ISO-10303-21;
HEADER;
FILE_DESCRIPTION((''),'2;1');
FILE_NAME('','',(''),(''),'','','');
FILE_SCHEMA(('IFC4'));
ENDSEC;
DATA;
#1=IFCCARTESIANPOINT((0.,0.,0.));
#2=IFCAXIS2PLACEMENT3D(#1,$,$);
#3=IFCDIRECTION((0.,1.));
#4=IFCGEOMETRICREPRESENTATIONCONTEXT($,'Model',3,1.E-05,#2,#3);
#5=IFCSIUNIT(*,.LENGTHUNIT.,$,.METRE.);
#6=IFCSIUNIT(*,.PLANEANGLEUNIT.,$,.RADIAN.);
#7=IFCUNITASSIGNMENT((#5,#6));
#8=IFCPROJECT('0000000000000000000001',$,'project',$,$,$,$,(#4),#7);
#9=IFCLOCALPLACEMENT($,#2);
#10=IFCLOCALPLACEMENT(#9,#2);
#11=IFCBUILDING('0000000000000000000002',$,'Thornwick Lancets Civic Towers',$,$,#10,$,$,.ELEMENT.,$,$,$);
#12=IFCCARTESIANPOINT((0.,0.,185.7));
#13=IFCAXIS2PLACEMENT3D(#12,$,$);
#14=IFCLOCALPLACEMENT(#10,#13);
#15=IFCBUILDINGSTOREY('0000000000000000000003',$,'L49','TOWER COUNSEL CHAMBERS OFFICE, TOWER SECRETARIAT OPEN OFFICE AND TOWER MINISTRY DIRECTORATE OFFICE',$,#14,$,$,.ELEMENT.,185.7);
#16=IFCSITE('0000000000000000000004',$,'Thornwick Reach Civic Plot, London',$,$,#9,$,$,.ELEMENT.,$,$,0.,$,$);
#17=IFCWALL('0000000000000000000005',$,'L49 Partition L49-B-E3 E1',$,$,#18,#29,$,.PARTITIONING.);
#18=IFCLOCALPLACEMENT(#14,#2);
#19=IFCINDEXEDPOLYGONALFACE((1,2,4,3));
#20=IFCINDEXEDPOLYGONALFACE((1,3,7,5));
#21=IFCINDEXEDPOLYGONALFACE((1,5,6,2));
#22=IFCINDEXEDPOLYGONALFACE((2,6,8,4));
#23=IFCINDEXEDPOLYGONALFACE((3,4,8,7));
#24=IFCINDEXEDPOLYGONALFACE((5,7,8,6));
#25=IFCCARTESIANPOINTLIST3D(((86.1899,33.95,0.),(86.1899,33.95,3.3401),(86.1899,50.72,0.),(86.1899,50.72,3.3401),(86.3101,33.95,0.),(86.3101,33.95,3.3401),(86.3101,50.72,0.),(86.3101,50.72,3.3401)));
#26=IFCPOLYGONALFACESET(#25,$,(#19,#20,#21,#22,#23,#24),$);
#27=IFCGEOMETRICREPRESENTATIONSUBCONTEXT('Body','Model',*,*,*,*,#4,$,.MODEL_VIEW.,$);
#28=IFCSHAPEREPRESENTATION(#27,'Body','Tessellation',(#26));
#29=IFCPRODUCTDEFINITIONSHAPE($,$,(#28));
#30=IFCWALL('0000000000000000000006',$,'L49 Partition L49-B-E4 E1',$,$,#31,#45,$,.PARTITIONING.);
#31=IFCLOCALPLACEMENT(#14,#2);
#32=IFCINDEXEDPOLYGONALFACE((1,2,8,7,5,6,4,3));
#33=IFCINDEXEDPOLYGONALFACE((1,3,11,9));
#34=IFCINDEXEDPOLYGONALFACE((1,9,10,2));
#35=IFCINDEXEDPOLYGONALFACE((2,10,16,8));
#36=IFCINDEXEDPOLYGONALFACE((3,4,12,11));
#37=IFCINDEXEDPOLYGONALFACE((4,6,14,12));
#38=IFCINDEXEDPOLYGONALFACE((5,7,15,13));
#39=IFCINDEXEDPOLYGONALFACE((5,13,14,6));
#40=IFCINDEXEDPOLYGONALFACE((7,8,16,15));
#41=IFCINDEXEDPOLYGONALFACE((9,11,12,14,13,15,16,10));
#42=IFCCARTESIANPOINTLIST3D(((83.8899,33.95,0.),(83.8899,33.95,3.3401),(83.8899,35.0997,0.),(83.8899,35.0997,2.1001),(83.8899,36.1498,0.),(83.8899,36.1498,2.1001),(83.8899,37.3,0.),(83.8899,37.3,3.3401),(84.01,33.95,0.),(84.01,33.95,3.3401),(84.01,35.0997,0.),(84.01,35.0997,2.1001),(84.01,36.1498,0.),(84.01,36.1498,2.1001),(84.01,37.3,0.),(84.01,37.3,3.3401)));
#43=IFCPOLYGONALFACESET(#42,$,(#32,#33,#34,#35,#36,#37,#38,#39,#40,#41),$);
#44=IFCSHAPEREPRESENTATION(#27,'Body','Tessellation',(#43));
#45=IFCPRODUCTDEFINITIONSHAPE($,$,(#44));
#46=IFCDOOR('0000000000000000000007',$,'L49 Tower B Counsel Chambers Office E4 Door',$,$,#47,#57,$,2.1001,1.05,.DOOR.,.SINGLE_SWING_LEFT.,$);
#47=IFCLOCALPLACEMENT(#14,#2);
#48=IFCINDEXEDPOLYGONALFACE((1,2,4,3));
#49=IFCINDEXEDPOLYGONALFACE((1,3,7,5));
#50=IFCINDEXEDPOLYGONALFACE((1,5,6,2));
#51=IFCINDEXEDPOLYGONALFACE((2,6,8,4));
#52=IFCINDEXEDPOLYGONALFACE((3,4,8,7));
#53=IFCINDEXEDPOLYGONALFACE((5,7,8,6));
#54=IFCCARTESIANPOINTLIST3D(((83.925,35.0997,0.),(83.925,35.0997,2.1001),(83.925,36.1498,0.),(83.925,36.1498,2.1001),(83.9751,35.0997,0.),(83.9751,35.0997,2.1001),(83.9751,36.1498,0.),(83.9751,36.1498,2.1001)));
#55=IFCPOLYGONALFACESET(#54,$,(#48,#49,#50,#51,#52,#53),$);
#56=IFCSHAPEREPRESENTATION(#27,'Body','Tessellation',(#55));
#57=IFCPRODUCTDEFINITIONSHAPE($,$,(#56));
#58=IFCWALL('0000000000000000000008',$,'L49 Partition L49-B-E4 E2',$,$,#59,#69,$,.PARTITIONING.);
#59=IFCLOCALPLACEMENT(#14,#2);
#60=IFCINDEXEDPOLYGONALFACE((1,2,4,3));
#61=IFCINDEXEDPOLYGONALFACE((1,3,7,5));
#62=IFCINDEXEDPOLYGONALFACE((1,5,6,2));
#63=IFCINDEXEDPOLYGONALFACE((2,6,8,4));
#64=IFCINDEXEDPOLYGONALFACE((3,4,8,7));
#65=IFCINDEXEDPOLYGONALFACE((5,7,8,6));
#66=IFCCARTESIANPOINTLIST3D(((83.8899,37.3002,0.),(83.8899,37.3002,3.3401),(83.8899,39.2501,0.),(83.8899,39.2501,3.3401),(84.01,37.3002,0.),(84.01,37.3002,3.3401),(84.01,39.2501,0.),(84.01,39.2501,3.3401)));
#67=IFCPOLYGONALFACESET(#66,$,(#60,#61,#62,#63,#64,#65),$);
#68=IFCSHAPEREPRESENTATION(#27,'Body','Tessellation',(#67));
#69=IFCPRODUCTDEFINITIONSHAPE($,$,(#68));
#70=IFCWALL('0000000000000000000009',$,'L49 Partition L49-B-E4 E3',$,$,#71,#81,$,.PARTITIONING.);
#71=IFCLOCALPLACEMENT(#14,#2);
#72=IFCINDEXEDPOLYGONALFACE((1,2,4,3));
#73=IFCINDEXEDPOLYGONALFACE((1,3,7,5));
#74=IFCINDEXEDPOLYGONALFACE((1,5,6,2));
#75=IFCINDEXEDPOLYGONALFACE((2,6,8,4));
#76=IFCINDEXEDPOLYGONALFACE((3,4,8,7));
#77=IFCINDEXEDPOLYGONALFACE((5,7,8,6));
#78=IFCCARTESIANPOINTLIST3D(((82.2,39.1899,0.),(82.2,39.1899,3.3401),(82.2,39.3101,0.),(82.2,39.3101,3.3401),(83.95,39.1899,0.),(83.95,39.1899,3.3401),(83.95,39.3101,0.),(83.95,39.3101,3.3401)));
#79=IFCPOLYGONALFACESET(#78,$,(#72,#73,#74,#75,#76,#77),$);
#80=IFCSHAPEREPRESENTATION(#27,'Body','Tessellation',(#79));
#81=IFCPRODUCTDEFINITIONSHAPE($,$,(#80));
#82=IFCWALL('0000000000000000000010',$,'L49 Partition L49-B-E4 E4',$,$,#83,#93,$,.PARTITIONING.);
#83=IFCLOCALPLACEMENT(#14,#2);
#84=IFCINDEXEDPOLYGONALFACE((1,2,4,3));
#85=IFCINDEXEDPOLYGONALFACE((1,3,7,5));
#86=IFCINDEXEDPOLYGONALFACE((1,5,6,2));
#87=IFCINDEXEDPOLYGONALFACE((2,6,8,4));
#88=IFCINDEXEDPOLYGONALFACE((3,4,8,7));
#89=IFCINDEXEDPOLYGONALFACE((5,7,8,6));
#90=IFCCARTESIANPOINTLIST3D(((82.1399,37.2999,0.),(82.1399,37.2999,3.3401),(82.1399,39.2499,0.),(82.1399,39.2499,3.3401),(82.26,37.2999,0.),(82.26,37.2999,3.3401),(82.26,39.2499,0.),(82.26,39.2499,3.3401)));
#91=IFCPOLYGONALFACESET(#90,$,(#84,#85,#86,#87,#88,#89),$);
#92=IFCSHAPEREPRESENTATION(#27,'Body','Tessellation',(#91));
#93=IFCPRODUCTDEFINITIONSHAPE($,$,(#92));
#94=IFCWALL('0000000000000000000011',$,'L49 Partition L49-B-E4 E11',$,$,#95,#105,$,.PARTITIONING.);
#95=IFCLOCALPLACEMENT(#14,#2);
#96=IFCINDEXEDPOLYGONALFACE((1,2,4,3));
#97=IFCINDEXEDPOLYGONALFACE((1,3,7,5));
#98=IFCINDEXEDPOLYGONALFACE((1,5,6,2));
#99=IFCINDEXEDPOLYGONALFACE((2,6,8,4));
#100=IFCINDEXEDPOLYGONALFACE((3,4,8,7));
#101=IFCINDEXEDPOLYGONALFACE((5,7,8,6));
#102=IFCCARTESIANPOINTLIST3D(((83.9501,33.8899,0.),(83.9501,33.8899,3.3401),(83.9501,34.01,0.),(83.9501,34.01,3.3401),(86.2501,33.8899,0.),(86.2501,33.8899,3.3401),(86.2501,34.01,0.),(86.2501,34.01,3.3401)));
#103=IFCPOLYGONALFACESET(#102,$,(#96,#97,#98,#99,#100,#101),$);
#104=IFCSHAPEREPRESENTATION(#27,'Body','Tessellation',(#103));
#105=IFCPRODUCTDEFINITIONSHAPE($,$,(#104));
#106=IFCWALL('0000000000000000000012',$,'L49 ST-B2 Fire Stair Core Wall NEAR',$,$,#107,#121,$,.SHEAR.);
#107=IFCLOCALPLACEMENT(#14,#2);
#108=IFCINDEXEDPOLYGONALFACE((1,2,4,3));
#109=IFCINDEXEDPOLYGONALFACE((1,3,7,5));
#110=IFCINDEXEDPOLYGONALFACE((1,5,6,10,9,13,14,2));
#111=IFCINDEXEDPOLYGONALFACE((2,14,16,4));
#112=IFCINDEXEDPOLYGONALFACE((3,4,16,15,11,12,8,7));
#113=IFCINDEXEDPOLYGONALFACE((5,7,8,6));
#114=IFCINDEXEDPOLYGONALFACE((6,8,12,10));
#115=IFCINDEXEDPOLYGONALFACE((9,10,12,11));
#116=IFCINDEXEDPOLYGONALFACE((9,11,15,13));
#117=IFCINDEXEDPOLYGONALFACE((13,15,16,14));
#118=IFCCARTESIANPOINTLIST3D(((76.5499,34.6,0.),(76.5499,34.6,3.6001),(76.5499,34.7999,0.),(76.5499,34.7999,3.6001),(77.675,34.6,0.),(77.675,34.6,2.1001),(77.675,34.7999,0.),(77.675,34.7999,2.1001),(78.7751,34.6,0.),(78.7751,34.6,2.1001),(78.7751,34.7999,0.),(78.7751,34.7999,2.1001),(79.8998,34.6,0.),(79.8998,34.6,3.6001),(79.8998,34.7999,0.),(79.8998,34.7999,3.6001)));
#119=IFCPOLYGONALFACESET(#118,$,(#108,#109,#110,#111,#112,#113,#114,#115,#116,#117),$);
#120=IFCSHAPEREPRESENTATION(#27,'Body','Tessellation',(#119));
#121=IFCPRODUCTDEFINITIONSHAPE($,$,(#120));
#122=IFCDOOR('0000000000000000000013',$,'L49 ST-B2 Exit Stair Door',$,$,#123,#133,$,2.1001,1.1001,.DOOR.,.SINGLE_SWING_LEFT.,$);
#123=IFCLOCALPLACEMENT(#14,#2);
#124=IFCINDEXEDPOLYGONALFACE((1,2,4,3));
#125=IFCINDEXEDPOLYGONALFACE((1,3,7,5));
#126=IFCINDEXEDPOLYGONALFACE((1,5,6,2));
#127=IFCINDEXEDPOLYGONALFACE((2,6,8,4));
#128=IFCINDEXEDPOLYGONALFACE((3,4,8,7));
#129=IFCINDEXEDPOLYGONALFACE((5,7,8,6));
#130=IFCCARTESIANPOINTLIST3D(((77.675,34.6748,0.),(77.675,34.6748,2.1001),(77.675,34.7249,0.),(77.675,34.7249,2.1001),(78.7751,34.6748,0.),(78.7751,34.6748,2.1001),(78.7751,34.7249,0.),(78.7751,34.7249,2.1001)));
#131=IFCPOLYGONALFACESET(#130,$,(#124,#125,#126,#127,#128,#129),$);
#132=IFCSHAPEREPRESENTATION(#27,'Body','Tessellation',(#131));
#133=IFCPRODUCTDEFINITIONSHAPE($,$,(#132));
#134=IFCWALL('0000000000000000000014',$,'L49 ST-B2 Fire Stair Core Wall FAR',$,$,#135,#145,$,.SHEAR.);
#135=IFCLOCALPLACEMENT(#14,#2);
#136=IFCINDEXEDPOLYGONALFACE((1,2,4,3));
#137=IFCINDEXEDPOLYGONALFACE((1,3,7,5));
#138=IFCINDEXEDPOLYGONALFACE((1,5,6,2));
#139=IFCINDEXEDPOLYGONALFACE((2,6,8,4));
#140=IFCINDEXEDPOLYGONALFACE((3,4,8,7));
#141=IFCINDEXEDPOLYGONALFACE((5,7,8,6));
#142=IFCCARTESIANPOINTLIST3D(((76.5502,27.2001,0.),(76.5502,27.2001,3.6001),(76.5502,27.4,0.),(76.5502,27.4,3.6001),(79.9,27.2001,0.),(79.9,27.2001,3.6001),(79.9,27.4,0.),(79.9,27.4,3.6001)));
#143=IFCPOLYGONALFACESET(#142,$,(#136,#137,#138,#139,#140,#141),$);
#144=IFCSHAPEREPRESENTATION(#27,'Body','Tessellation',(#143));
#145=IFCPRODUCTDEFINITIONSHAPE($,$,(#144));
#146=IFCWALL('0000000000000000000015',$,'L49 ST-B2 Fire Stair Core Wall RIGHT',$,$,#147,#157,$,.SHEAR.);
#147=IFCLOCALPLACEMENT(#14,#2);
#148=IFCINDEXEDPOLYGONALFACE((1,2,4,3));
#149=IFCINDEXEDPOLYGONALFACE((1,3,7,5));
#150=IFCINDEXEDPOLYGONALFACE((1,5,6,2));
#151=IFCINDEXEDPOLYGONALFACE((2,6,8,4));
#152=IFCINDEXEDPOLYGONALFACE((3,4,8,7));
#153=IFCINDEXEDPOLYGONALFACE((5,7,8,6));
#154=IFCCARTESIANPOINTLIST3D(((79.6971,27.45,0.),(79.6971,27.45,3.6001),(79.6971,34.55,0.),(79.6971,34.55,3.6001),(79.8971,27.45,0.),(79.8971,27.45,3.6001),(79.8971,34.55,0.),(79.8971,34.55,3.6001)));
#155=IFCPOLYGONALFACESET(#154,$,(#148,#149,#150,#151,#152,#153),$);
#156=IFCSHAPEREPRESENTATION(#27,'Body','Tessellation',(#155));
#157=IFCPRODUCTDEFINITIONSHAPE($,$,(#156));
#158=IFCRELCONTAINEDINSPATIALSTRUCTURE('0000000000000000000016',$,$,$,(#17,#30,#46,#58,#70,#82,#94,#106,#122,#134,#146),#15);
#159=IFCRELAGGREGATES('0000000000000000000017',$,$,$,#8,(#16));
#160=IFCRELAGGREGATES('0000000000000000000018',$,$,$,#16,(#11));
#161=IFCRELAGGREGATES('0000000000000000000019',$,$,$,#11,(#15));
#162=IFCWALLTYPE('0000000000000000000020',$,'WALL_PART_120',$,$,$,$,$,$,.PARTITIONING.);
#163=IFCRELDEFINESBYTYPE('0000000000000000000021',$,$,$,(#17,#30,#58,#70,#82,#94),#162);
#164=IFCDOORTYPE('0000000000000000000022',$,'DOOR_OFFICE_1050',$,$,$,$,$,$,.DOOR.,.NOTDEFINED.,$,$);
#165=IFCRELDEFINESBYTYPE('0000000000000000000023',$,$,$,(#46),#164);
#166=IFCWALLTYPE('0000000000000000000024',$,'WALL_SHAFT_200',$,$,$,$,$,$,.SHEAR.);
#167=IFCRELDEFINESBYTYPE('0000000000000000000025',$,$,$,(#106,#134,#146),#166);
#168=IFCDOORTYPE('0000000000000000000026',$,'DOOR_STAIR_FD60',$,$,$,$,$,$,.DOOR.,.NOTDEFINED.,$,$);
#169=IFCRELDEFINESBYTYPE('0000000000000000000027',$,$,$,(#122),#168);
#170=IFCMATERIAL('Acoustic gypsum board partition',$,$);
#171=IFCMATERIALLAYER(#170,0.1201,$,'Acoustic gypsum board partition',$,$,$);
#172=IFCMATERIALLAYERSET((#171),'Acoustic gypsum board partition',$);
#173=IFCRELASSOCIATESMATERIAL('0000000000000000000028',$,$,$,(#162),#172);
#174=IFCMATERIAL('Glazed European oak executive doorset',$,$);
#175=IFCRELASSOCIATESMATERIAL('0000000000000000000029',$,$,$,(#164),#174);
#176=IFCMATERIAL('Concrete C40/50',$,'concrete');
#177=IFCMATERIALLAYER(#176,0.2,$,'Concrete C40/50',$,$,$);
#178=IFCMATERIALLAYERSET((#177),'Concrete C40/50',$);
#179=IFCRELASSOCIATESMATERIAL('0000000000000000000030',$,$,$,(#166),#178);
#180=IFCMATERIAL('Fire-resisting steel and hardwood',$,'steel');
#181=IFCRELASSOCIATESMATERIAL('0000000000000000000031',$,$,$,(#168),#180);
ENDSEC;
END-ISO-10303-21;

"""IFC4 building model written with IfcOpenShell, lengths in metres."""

from ifc_helpers import new_model, si_unit, direction, frame, frame_2d, origin, place, context, subcontext, project, spatial, rectangle, extrude, material, layer, layer_set, type_object, element, fill, save


model = new_model("IFC4")

# Units and contexts
model_context = context("Model", 3, precision=1e-05, world=origin(), true_north=direction((0.0, 1.0)))
body_context = subcontext(model_context, "Body", "Model", "MODEL_VIEW")
ifc_project = project(units=[si_unit("LENGTHUNIT", "METRE"), si_unit("PLANEANGLEUNIT", "RADIAN")], contexts=[model_context])

# Site, building, storey
site_placement = place(None, origin())
site = spatial("IfcSite", under=ifc_project, at=site_placement, Name="Thornwick Reach Civic Plot, London", CompositionType="ELEMENT", RefElevation=0.0)
building_placement = place(site_placement, origin())
building = spatial("IfcBuilding", under=site, at=building_placement, Name="Thornwick Lancets Civic Towers", CompositionType="ELEMENT")
storey_placement = place(building_placement, frame((0.0, 0.0, 185.7)))
storey = spatial("IfcBuildingStorey", under=building, at=storey_placement, Name="L49", Description="TOWER COUNSEL CHAMBERS OFFICE, TOWER SECRETARIAT OPEN OFFICE AND TOWER MINISTRY DIRECTORATE OFFICE", CompositionType="ELEMENT", Elevation=185.7)

# Wall
ifc_material_1 = material(Name="Acoustic gypsum board partition")
ifc_layer_1 = layer(ifc_material_1, 0.1201, Name="Acoustic gypsum board partition")
ifc_layer_set_1 = layer_set([ifc_layer_1], Name="Acoustic gypsum board partition")
wall_type_1 = type_object("IfcWallType", Name="WALL_PART_120", PredefinedType="PARTITIONING", material=ifc_layer_set_1)
wall_1_placement = place(storey_placement, frame((86.25, 33.95, 0.0), z_axis=(0.0, 0.0, 1.0), x_axis=(0.0, 1.0, 0.0)))
element("IfcWall", 1, at=wall_1_placement, inside=storey, type_object=wall_type_1, Name="L49 Partition L49-B-E3 E1", PredefinedType="PARTITIONING", context=body_context, shape_type="SweptSolid", body=[
    extrude(rectangle(XDim=16.77, YDim=0.1201, at=frame_2d((8.385, 0.0))), origin(), (0.0, 0.0, 1.0), 3.3401),
])

# Wall, opening, door
wall_2_placement = place(storey_placement, frame((83.95, 33.95, 0.0), z_axis=(0.0, 0.0, 1.0), x_axis=(0.0, 1.0, 0.0)))
wall_2 = element("IfcWall", 2, at=wall_2_placement, inside=storey, type_object=wall_type_1, Name="L49 Partition L49-B-E4 E1", PredefinedType="PARTITIONING", context=body_context, shape_type="SweptSolid", body=[
    extrude(rectangle(XDim=3.3501, YDim=0.1201, at=frame_2d((1.675, 0.0))), origin(), (0.0, 0.0, 1.0), 3.3401),
])
opening_1_placement = place(wall_2_placement, frame((1.1499, 0.0, 0.0)))
opening_1 = element("IfcOpeningElement", 3, at=opening_1_placement, cuts=wall_2, PredefinedType="OPENING", context=body_context, shape_type="SweptSolid", body=[
    extrude(rectangle(XDim=1.05, YDim=2.1001, at=frame_2d((0.5249, 1.05))), frame((0.0, 0.0701, 0.0), z_axis=(0.0, -1.0, 0.0), x_axis=(1.0, 0.0, 0.0)), (0.0, 0.0, 1.0), 0.1401),
])
ifc_material_2 = material(Name="Glazed European oak executive doorset")
door_type_1 = type_object("IfcDoorType", Name="DOOR_OFFICE_1050", OperationType="NOTDEFINED", PredefinedType="DOOR", material=ifc_material_2)
door_1_placement = place(opening_1_placement, origin())
door_1 = element("IfcDoor", 4, at=door_1_placement, inside=storey, type_object=door_type_1, Name="L49 Tower B Counsel Chambers Office E4 Door", OperationType="SINGLE_SWING_LEFT", OverallHeight=2.1001, OverallWidth=1.05, PredefinedType="DOOR", context=body_context, shape_type="SweptSolid", body=[
    extrude(rectangle(XDim=1.05, YDim=2.1001, at=frame_2d((0.5249, 1.05))), frame((0.0, 0.0249, 0.0), z_axis=(0.0, -1.0, 0.0), x_axis=(1.0, 0.0, 0.0)), (0.0, 0.0, 1.0), 0.05),
])
fill(opening_1, door_1)

# Walls
wall_3_placement = place(storey_placement, frame((83.95, 37.3, 0.0), z_axis=(0.0, 0.0, 1.0), x_axis=(0.0, 1.0, 0.0)))
element("IfcWall", 5, at=wall_3_placement, inside=storey, type_object=wall_type_1, Name="L49 Partition L49-B-E4 E2", PredefinedType="PARTITIONING", context=body_context, shape_type="SweptSolid", body=[
    extrude(rectangle(XDim=1.95, YDim=0.1201, at=frame_2d((0.9751, 0.0))), origin(), (0.0, 0.0, 1.0), 3.3401),
])
wall_4_placement = place(storey_placement, frame((83.95, 39.25, 0.0), z_axis=(0.0, 0.0, 1.0), x_axis=(-1.0, 0.0, 0.0)))
element("IfcWall", 6, at=wall_4_placement, inside=storey, type_object=wall_type_1, Name="L49 Partition L49-B-E4 E3", PredefinedType="PARTITIONING", context=body_context, shape_type="SweptSolid", body=[
    extrude(rectangle(XDim=1.75, YDim=0.1201, at=frame_2d((0.875, 0.0))), origin(), (0.0, 0.0, 1.0), 3.3401),
])
wall_5_placement = place(storey_placement, frame((82.2, 39.25, 0.0), z_axis=(0.0, 0.0, 1.0), x_axis=(0.0, -1.0, 0.0)))
element("IfcWall", 7, at=wall_5_placement, inside=storey, type_object=wall_type_1, Name="L49 Partition L49-B-E4 E4", PredefinedType="PARTITIONING", context=body_context, shape_type="SweptSolid", body=[
    extrude(rectangle(XDim=1.95, YDim=0.1201, at=frame_2d((0.9751, 0.0))), origin(), (0.0, 0.0, 1.0), 3.3401),
])
wall_6_placement = place(storey_placement, frame((86.25, 33.95, 0.0), z_axis=(0.0, 0.0, 1.0), x_axis=(-1.0, 0.0, 0.0)))
element("IfcWall", 8, at=wall_6_placement, inside=storey, type_object=wall_type_1, Name="L49 Partition L49-B-E4 E11", PredefinedType="PARTITIONING", context=body_context, shape_type="SweptSolid", body=[
    extrude(rectangle(XDim=2.3, YDim=0.1201, at=frame_2d((1.1499, 0.0))), origin(), (0.0, 0.0, 1.0), 3.3401),
])

# Wall, opening, door
ifc_material_3 = material(Name="Concrete C40/50", Category="concrete")
ifc_layer_2 = layer(ifc_material_3, 0.2, Name="Concrete C40/50")
ifc_layer_set_2 = layer_set([ifc_layer_2], Name="Concrete C40/50")
wall_type_2 = type_object("IfcWallType", Name="WALL_SHAFT_200", PredefinedType="SHEAR", material=ifc_layer_set_2)
wall_7_placement = place(storey_placement, frame((76.55, 34.7, 0.0), z_axis=(0.0, 0.0, 1.0), x_axis=(1.0, 0.0, 0.0)))
wall_7 = element("IfcWall", 9, at=wall_7_placement, inside=storey, type_object=wall_type_2, Name="L49 ST-B2 Fire Stair Core Wall NEAR", PredefinedType="SHEAR", context=body_context, shape_type="SweptSolid", body=[
    extrude(rectangle(XDim=3.3499, YDim=0.2, at=frame_2d((1.6748, 0.0))), origin(), (0.0, 0.0, 1.0), 3.6001),
])
opening_2_placement = place(wall_7_placement, frame((1.125, 0.0, 0.0)))
opening_2 = element("IfcOpeningElement", 10, at=opening_2_placement, cuts=wall_7, PredefinedType="OPENING", context=body_context, shape_type="SweptSolid", body=[
    extrude(rectangle(XDim=1.1001, YDim=2.1001, at=frame_2d((0.55, 1.05))), frame((0.0, 0.1099, 0.0), z_axis=(0.0, -1.0, 0.0), x_axis=(1.0, 0.0, 0.0)), (0.0, 0.0, 1.0), 0.22),
])
ifc_material_4 = material(Name="Fire-resisting steel and hardwood", Category="steel")
door_type_2 = type_object("IfcDoorType", Name="DOOR_STAIR_FD60", OperationType="NOTDEFINED", PredefinedType="DOOR", material=ifc_material_4)
door_2_placement = place(opening_2_placement, origin())
door_2 = element("IfcDoor", 11, at=door_2_placement, inside=storey, type_object=door_type_2, Name="L49 ST-B2 Exit Stair Door", OperationType="SINGLE_SWING_LEFT", OverallHeight=2.1001, OverallWidth=1.1001, PredefinedType="DOOR", context=body_context, shape_type="SweptSolid", body=[
    extrude(rectangle(XDim=1.1001, YDim=2.1001, at=frame_2d((0.55, 1.05))), frame((0.0, 0.0249, 0.0), z_axis=(0.0, -1.0, 0.0), x_axis=(1.0, 0.0, 0.0)), (0.0, 0.0, 1.0), 0.05),
])
fill(opening_2, door_2)

# Walls
wall_8_placement = place(storey_placement, frame((79.8999, 27.3, 0.0), z_axis=(0.0, 0.0, 1.0), x_axis=(-1.0, 0.0, 0.0)))
element("IfcWall", 12, at=wall_8_placement, inside=storey, type_object=wall_type_2, Name="L49 ST-B2 Fire Stair Core Wall FAR", PredefinedType="SHEAR", context=body_context, shape_type="SweptSolid", body=[
    extrude(rectangle(XDim=3.3499, YDim=0.2, at=frame_2d((1.6748, 0.0))), origin(), (0.0, 0.0, 1.0), 3.6001),
])
wall_9_placement = place(storey_placement, frame((79.7971, 27.45, 0.0), z_axis=(0.0, 0.0, 1.0), x_axis=(0.0, 1.0, 0.0)))
element("IfcWall", 13, at=wall_9_placement, inside=storey, type_object=wall_type_2, Name="L49 ST-B2 Fire Stair Core Wall RIGHT", PredefinedType="SHEAR", context=body_context, shape_type="SweptSolid", body=[
    extrude(rectangle(XDim=7.1001, YDim=0.2, at=frame_2d((3.55, 0.0))), origin(), (0.0, 0.0, 1.0), 3.6001),
])

save(model, "model.ifc")
